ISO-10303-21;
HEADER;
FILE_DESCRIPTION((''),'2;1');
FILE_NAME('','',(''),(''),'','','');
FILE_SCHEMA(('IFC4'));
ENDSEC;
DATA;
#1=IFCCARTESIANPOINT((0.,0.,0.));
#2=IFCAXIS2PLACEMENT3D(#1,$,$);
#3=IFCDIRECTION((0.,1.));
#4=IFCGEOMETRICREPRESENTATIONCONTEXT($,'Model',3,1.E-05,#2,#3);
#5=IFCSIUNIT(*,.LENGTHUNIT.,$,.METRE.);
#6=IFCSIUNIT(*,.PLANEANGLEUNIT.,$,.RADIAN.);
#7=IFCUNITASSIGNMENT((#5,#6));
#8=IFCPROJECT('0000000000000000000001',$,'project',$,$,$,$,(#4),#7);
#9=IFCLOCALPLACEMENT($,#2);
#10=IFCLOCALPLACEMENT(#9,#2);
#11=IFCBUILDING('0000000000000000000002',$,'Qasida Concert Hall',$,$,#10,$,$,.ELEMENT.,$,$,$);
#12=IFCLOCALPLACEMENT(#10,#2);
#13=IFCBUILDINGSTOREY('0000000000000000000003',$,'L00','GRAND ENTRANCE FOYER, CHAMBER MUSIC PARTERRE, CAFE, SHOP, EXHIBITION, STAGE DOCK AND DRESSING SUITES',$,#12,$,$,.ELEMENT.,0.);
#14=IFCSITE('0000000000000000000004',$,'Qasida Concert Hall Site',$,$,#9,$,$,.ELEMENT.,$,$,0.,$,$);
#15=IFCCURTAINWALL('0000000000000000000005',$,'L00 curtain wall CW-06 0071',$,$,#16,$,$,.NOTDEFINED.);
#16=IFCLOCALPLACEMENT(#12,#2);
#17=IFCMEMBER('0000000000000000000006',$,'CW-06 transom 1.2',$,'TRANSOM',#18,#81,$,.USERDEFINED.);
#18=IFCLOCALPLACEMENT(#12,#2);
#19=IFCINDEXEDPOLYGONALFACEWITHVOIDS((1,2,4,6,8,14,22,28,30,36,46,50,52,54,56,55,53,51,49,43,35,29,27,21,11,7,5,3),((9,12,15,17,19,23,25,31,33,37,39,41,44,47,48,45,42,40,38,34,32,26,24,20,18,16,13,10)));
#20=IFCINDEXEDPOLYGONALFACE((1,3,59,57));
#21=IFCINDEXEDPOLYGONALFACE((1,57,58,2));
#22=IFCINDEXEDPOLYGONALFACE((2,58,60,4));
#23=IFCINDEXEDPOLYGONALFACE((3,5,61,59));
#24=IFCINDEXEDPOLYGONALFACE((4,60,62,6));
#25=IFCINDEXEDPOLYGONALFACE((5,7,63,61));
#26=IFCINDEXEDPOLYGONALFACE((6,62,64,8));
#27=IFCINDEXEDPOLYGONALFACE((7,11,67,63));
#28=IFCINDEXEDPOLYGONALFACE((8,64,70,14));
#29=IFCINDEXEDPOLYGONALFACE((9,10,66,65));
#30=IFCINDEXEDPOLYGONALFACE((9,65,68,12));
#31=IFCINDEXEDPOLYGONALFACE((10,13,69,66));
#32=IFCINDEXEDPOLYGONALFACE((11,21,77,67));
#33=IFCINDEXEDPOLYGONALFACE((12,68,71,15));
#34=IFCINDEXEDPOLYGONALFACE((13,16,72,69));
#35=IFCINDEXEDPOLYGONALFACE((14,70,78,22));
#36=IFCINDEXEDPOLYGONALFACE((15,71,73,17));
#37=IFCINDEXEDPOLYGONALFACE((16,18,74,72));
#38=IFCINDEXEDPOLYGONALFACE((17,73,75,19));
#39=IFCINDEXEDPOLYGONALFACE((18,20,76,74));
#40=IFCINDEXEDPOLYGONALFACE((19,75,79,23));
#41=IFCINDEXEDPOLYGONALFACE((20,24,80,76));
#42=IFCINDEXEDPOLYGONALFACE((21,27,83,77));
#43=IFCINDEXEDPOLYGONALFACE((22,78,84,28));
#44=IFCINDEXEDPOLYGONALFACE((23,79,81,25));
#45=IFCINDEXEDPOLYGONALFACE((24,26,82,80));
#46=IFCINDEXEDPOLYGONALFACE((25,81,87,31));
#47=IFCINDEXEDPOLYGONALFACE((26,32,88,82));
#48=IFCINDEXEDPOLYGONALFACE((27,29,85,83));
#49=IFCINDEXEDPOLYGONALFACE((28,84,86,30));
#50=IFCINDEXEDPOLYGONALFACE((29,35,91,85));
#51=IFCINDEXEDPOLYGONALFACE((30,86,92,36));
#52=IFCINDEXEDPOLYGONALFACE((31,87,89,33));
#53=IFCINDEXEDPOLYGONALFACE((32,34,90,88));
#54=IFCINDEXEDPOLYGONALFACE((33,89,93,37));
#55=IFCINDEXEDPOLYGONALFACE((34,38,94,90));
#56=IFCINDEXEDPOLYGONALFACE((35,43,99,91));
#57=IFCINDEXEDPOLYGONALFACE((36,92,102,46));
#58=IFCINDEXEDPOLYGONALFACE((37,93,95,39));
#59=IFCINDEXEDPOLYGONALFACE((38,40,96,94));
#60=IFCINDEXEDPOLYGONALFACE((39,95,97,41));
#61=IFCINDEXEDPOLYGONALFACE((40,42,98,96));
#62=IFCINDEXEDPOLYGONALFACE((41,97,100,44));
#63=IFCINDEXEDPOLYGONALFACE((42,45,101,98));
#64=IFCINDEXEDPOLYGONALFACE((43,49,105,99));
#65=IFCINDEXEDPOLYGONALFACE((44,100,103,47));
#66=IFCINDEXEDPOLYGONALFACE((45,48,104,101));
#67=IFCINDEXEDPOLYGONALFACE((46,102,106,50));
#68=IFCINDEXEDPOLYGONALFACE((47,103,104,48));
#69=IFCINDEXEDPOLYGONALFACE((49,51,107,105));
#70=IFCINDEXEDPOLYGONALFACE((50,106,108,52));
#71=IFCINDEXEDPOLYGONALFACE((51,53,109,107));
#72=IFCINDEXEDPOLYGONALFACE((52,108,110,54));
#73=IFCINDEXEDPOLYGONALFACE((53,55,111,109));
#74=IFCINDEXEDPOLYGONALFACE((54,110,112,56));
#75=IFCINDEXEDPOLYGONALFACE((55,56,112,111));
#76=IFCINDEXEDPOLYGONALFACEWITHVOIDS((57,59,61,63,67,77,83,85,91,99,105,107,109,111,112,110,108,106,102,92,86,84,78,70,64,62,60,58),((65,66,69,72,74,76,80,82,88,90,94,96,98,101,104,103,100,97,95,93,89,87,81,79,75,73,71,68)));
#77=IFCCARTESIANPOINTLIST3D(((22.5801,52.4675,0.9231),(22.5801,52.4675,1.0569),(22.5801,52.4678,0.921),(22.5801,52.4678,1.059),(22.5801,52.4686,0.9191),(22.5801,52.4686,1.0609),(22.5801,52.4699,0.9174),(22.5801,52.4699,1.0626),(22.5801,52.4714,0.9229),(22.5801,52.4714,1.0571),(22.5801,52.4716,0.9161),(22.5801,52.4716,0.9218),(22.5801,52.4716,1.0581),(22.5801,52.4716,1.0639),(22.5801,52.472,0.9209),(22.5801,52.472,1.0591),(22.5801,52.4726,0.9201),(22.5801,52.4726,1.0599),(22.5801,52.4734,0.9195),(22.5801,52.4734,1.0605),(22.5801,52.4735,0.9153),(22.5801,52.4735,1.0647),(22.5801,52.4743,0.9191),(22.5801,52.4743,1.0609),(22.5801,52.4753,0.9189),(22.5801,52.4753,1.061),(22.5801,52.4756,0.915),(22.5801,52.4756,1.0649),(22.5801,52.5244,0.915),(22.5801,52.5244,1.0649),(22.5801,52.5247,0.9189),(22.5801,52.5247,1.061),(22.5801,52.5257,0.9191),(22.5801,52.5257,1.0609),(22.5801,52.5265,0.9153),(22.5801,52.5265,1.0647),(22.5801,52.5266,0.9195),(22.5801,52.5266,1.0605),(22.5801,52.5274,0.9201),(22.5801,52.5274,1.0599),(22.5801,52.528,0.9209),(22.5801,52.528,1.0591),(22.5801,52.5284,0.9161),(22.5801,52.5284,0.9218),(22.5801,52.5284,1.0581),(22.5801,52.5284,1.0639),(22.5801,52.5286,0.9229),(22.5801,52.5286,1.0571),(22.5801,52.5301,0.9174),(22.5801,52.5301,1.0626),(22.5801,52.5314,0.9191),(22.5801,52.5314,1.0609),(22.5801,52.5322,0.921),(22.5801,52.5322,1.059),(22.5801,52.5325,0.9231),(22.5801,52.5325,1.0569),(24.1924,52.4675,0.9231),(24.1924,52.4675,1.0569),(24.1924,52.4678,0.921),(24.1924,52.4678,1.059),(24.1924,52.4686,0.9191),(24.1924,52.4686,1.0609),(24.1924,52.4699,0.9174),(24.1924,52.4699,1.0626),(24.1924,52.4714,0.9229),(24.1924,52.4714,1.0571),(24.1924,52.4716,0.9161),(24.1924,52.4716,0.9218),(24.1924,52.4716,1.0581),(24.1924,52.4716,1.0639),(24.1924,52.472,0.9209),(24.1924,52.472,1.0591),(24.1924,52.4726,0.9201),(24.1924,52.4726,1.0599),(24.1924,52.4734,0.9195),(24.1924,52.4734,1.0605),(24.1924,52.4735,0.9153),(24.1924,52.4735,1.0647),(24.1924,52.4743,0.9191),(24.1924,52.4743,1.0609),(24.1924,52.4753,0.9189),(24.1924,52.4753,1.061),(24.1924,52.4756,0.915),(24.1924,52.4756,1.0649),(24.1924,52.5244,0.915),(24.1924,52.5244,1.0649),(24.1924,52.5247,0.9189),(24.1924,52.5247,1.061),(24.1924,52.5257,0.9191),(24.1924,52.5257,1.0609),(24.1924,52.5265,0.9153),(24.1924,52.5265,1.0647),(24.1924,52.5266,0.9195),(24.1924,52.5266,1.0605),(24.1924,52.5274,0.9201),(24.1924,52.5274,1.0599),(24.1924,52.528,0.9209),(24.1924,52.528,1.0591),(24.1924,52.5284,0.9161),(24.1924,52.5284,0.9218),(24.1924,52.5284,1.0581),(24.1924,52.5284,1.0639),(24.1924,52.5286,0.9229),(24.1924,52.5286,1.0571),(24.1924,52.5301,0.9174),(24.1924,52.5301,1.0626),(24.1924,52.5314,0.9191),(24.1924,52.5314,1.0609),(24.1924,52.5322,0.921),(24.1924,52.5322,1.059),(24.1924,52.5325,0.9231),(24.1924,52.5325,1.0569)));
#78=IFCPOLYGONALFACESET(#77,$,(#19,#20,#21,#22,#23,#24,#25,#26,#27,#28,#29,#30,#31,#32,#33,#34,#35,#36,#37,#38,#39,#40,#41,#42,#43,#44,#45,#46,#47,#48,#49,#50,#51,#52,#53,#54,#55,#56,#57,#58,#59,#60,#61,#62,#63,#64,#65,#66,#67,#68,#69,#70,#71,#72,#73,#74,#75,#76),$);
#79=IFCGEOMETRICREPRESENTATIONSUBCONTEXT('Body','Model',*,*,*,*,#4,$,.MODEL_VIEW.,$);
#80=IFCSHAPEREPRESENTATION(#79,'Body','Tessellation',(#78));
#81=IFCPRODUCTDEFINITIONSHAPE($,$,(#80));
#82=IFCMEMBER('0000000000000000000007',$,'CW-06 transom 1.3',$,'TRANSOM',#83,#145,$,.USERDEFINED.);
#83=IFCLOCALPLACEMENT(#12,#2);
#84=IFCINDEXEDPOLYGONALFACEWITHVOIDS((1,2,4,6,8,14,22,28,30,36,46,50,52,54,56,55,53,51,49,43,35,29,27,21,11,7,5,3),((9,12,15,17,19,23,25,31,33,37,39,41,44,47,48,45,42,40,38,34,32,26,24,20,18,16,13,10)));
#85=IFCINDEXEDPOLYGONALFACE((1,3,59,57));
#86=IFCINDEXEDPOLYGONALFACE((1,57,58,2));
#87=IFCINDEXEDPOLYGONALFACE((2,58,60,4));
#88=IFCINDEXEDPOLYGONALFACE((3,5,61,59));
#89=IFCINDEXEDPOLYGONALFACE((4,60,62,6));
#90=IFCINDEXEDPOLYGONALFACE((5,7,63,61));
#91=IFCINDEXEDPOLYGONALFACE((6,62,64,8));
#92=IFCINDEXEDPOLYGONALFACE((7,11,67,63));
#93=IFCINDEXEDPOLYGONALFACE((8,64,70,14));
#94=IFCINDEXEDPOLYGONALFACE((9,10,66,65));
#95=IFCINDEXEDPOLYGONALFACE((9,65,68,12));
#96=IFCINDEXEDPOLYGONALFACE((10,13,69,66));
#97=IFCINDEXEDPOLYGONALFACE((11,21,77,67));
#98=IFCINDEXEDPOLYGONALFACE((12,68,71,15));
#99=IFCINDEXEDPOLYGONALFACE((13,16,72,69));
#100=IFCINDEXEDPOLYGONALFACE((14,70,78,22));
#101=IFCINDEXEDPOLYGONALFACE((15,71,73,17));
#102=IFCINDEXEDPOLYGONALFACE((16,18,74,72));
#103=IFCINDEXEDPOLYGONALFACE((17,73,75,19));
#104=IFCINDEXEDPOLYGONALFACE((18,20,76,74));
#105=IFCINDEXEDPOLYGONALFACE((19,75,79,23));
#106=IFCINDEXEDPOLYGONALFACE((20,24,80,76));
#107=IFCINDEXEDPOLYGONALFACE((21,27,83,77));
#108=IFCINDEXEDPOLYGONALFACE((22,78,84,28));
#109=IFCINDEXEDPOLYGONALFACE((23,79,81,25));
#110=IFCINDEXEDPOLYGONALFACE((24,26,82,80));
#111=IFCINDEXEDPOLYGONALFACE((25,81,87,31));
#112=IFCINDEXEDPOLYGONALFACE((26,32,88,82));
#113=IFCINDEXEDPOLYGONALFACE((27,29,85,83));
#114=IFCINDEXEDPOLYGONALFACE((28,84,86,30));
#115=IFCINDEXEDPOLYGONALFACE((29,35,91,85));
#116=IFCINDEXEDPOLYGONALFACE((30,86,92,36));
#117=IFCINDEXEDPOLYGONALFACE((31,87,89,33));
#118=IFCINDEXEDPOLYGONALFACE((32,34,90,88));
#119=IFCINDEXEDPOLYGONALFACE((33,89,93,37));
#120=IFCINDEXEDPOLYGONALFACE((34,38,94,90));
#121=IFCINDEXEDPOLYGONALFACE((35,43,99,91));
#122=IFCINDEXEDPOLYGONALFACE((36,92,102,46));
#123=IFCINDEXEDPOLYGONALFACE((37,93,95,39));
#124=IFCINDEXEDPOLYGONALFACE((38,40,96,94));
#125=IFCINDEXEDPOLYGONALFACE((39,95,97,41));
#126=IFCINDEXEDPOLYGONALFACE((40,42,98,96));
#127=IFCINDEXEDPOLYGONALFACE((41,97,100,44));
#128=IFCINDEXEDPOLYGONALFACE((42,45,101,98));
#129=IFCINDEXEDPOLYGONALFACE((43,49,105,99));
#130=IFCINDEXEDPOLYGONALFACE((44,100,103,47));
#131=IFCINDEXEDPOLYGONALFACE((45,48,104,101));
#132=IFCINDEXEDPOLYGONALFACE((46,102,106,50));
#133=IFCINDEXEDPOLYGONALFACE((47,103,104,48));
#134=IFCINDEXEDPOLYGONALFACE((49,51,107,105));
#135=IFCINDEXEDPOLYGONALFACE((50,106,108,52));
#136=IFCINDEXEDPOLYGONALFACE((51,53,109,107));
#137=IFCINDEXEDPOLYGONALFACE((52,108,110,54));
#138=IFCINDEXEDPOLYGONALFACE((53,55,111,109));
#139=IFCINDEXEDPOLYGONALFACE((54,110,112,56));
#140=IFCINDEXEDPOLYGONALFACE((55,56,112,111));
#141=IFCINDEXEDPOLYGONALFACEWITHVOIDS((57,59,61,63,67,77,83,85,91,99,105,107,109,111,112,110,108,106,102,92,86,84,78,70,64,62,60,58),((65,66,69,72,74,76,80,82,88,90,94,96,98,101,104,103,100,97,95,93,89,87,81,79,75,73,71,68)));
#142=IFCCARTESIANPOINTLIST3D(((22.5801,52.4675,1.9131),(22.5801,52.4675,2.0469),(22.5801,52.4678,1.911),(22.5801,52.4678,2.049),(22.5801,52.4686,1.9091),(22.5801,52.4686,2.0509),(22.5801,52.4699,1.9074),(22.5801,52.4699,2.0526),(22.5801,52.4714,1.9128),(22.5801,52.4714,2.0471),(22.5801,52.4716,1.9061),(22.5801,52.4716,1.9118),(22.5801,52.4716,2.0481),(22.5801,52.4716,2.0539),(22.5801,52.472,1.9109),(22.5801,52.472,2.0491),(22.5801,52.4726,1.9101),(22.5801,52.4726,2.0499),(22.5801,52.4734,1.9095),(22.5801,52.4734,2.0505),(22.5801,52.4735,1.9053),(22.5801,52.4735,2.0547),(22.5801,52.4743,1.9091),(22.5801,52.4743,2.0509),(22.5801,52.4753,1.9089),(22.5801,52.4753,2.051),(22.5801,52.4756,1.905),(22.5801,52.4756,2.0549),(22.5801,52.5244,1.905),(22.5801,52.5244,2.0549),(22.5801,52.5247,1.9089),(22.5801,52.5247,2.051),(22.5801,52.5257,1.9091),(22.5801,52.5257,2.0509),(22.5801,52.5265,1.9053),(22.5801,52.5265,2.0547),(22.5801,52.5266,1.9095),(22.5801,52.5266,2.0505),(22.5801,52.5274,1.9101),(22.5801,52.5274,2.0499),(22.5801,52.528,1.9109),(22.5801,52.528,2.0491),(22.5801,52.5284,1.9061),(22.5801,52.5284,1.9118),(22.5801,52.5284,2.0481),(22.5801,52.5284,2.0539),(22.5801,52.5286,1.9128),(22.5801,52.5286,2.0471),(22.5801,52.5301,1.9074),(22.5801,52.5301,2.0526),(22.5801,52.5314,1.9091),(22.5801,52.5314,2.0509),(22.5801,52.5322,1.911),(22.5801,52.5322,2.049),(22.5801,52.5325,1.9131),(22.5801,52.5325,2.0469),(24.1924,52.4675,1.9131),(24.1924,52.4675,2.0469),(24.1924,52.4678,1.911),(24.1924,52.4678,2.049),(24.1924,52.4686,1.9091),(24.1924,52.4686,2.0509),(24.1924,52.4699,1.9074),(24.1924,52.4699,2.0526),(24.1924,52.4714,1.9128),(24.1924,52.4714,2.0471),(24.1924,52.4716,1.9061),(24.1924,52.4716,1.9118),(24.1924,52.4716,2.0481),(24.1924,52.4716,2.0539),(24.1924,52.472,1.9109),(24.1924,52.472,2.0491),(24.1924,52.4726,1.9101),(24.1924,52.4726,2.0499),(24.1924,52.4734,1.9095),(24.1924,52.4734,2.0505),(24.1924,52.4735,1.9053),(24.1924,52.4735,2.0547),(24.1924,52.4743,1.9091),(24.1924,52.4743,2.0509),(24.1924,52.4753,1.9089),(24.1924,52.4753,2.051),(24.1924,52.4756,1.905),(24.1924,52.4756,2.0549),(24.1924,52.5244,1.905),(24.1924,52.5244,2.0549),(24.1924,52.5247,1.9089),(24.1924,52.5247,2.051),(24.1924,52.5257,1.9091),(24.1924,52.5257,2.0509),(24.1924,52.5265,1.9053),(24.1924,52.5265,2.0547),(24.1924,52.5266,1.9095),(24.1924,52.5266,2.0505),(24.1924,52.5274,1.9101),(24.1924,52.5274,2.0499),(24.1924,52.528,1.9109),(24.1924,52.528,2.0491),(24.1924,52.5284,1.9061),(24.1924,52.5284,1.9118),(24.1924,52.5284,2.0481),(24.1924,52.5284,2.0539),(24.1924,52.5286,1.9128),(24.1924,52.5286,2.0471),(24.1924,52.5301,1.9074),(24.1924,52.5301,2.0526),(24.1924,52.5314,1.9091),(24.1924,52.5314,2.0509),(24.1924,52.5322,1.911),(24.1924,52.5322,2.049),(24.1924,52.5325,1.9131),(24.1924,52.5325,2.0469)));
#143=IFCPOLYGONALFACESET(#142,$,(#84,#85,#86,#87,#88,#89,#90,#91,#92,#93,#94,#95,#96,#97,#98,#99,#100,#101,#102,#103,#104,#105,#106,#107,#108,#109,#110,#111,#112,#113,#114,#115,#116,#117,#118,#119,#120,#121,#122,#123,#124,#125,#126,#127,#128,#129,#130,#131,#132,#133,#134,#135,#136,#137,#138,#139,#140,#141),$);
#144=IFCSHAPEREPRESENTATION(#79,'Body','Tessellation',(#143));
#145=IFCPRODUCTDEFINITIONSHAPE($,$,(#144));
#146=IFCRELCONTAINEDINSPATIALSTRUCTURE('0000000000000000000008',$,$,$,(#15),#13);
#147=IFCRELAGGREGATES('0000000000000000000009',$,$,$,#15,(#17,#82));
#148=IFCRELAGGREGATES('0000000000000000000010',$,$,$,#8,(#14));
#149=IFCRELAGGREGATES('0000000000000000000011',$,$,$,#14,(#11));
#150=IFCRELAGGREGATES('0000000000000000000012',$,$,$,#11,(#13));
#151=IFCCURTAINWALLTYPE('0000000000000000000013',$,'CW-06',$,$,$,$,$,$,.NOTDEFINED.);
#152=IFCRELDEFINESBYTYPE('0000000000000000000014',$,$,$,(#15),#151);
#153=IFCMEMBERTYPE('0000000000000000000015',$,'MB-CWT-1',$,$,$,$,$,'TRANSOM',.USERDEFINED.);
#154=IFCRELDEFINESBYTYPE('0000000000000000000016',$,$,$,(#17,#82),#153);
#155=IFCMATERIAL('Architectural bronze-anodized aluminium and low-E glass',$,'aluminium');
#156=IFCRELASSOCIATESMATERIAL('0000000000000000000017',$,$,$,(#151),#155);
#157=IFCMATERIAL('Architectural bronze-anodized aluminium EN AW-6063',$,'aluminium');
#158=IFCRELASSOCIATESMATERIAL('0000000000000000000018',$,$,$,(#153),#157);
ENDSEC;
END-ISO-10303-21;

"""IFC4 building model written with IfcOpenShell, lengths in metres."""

from ifc_helpers import new_model, si_unit, direction, frame, origin, origin_2d, place, context, subcontext, project, spatial, hollow_rectangle, extrude, material, material_profile, profile_set, type_object, element, aggregate, save


model = new_model("IFC4")

# Units and contexts
model_context = context("Model", 3, precision=1e-05, world=origin(), true_north=direction((0.0, 1.0)))
body_context = subcontext(model_context, "Body", "Model", "MODEL_VIEW")
ifc_project = project(units=[si_unit("LENGTHUNIT", "METRE"), si_unit("PLANEANGLEUNIT", "RADIAN")], contexts=[model_context])

# Site, building, storey
site_placement = place(None, origin())
site = spatial("IfcSite", under=ifc_project, at=site_placement, Name="Qasida Concert Hall Site", CompositionType="ELEMENT", RefElevation=0.0)
building_placement = place(site_placement, origin())
building = spatial("IfcBuilding", under=site, at=building_placement, Name="Qasida Concert Hall", CompositionType="ELEMENT")
storey_placement = place(building_placement, origin())
storey = spatial("IfcBuildingStorey", under=building, at=storey_placement, Name="L00", Description="GRAND ENTRANCE FOYER, CHAMBER MUSIC PARTERRE, CAFE, SHOP, EXHIBITION, STAGE DOCK AND DRESSING SUITES", CompositionType="ELEMENT", Elevation=0.0)

# Curtain wall
ifc_material_1 = material(Name="Architectural bronze-anodized aluminium and low-E glass", Category="aluminium")
curtain_wall_type_1 = type_object("IfcCurtainWallType", Name="CW-06", PredefinedType="NOTDEFINED", material=ifc_material_1)
curtain_wall_1_placement = place(storey_placement, origin())
curtain_wall_1 = element("IfcCurtainWall", 1, at=curtain_wall_1_placement, inside=storey, type_object=curtain_wall_type_1, Name="L00 curtain wall CW-06 0071", PredefinedType="NOTDEFINED")
ifc_material_2 = material(Name="Architectural bronze-anodized aluminium EN AW-6063", Category="aluminium")

# Members
ifc_material_profile_1 = material_profile(ifc_material_2, hollow_rectangle(XDim=0.0649, YDim=0.1499, WallThickness=0.0039, InnerFilletRadius=0.0039, OuterFilletRadius=0.0081, at=origin_2d()), Name="CWT 150x65x4")
ifc_profile_set_1 = profile_set([ifc_material_profile_1], Name="Architectural bronze-anodized aluminium EN AW-6063")
member_type_1 = type_object("IfcMemberType", Name="MB-CWT-1", ElementType="TRANSOM", PredefinedType="USERDEFINED", material=ifc_profile_set_1)
member_1_placement = place(storey_placement, frame((22.5801, 52.5, 0.99), z_axis=(1.0, 0.0, 0.0), x_axis=(0.0, 1.0, 0.0)))
member_1 = element("IfcMember", 2, at=member_1_placement, type_object=member_type_1, Name="CW-06 transom 1.2", ObjectType="TRANSOM", PredefinedType="USERDEFINED", context=body_context, shape_type="SweptSolid", body=[
    extrude(hollow_rectangle(XDim=0.0649, YDim=0.1499, WallThickness=0.0039, InnerFilletRadius=0.0039, OuterFilletRadius=0.0081, at=origin_2d()), origin(), (0.0, 0.0, 1.0), 1.6123),
])
member_2_placement = place(storey_placement, frame((22.5801, 52.5, 1.98), z_axis=(1.0, 0.0, 0.0), x_axis=(0.0, 1.0, 0.0)))
member_2 = element("IfcMember", 3, at=member_2_placement, type_object=member_type_1, Name="CW-06 transom 1.3", ObjectType="TRANSOM", PredefinedType="USERDEFINED", context=body_context, shape_type="SweptSolid", body=[
    extrude(hollow_rectangle(XDim=0.0649, YDim=0.1499, WallThickness=0.0039, InnerFilletRadius=0.0039, OuterFilletRadius=0.0081, at=origin_2d()), origin(), (0.0, 0.0, 1.0), 1.6123),
])

aggregate(curtain_wall_1, [member_1, member_2])

save(model, "model.ifc")
